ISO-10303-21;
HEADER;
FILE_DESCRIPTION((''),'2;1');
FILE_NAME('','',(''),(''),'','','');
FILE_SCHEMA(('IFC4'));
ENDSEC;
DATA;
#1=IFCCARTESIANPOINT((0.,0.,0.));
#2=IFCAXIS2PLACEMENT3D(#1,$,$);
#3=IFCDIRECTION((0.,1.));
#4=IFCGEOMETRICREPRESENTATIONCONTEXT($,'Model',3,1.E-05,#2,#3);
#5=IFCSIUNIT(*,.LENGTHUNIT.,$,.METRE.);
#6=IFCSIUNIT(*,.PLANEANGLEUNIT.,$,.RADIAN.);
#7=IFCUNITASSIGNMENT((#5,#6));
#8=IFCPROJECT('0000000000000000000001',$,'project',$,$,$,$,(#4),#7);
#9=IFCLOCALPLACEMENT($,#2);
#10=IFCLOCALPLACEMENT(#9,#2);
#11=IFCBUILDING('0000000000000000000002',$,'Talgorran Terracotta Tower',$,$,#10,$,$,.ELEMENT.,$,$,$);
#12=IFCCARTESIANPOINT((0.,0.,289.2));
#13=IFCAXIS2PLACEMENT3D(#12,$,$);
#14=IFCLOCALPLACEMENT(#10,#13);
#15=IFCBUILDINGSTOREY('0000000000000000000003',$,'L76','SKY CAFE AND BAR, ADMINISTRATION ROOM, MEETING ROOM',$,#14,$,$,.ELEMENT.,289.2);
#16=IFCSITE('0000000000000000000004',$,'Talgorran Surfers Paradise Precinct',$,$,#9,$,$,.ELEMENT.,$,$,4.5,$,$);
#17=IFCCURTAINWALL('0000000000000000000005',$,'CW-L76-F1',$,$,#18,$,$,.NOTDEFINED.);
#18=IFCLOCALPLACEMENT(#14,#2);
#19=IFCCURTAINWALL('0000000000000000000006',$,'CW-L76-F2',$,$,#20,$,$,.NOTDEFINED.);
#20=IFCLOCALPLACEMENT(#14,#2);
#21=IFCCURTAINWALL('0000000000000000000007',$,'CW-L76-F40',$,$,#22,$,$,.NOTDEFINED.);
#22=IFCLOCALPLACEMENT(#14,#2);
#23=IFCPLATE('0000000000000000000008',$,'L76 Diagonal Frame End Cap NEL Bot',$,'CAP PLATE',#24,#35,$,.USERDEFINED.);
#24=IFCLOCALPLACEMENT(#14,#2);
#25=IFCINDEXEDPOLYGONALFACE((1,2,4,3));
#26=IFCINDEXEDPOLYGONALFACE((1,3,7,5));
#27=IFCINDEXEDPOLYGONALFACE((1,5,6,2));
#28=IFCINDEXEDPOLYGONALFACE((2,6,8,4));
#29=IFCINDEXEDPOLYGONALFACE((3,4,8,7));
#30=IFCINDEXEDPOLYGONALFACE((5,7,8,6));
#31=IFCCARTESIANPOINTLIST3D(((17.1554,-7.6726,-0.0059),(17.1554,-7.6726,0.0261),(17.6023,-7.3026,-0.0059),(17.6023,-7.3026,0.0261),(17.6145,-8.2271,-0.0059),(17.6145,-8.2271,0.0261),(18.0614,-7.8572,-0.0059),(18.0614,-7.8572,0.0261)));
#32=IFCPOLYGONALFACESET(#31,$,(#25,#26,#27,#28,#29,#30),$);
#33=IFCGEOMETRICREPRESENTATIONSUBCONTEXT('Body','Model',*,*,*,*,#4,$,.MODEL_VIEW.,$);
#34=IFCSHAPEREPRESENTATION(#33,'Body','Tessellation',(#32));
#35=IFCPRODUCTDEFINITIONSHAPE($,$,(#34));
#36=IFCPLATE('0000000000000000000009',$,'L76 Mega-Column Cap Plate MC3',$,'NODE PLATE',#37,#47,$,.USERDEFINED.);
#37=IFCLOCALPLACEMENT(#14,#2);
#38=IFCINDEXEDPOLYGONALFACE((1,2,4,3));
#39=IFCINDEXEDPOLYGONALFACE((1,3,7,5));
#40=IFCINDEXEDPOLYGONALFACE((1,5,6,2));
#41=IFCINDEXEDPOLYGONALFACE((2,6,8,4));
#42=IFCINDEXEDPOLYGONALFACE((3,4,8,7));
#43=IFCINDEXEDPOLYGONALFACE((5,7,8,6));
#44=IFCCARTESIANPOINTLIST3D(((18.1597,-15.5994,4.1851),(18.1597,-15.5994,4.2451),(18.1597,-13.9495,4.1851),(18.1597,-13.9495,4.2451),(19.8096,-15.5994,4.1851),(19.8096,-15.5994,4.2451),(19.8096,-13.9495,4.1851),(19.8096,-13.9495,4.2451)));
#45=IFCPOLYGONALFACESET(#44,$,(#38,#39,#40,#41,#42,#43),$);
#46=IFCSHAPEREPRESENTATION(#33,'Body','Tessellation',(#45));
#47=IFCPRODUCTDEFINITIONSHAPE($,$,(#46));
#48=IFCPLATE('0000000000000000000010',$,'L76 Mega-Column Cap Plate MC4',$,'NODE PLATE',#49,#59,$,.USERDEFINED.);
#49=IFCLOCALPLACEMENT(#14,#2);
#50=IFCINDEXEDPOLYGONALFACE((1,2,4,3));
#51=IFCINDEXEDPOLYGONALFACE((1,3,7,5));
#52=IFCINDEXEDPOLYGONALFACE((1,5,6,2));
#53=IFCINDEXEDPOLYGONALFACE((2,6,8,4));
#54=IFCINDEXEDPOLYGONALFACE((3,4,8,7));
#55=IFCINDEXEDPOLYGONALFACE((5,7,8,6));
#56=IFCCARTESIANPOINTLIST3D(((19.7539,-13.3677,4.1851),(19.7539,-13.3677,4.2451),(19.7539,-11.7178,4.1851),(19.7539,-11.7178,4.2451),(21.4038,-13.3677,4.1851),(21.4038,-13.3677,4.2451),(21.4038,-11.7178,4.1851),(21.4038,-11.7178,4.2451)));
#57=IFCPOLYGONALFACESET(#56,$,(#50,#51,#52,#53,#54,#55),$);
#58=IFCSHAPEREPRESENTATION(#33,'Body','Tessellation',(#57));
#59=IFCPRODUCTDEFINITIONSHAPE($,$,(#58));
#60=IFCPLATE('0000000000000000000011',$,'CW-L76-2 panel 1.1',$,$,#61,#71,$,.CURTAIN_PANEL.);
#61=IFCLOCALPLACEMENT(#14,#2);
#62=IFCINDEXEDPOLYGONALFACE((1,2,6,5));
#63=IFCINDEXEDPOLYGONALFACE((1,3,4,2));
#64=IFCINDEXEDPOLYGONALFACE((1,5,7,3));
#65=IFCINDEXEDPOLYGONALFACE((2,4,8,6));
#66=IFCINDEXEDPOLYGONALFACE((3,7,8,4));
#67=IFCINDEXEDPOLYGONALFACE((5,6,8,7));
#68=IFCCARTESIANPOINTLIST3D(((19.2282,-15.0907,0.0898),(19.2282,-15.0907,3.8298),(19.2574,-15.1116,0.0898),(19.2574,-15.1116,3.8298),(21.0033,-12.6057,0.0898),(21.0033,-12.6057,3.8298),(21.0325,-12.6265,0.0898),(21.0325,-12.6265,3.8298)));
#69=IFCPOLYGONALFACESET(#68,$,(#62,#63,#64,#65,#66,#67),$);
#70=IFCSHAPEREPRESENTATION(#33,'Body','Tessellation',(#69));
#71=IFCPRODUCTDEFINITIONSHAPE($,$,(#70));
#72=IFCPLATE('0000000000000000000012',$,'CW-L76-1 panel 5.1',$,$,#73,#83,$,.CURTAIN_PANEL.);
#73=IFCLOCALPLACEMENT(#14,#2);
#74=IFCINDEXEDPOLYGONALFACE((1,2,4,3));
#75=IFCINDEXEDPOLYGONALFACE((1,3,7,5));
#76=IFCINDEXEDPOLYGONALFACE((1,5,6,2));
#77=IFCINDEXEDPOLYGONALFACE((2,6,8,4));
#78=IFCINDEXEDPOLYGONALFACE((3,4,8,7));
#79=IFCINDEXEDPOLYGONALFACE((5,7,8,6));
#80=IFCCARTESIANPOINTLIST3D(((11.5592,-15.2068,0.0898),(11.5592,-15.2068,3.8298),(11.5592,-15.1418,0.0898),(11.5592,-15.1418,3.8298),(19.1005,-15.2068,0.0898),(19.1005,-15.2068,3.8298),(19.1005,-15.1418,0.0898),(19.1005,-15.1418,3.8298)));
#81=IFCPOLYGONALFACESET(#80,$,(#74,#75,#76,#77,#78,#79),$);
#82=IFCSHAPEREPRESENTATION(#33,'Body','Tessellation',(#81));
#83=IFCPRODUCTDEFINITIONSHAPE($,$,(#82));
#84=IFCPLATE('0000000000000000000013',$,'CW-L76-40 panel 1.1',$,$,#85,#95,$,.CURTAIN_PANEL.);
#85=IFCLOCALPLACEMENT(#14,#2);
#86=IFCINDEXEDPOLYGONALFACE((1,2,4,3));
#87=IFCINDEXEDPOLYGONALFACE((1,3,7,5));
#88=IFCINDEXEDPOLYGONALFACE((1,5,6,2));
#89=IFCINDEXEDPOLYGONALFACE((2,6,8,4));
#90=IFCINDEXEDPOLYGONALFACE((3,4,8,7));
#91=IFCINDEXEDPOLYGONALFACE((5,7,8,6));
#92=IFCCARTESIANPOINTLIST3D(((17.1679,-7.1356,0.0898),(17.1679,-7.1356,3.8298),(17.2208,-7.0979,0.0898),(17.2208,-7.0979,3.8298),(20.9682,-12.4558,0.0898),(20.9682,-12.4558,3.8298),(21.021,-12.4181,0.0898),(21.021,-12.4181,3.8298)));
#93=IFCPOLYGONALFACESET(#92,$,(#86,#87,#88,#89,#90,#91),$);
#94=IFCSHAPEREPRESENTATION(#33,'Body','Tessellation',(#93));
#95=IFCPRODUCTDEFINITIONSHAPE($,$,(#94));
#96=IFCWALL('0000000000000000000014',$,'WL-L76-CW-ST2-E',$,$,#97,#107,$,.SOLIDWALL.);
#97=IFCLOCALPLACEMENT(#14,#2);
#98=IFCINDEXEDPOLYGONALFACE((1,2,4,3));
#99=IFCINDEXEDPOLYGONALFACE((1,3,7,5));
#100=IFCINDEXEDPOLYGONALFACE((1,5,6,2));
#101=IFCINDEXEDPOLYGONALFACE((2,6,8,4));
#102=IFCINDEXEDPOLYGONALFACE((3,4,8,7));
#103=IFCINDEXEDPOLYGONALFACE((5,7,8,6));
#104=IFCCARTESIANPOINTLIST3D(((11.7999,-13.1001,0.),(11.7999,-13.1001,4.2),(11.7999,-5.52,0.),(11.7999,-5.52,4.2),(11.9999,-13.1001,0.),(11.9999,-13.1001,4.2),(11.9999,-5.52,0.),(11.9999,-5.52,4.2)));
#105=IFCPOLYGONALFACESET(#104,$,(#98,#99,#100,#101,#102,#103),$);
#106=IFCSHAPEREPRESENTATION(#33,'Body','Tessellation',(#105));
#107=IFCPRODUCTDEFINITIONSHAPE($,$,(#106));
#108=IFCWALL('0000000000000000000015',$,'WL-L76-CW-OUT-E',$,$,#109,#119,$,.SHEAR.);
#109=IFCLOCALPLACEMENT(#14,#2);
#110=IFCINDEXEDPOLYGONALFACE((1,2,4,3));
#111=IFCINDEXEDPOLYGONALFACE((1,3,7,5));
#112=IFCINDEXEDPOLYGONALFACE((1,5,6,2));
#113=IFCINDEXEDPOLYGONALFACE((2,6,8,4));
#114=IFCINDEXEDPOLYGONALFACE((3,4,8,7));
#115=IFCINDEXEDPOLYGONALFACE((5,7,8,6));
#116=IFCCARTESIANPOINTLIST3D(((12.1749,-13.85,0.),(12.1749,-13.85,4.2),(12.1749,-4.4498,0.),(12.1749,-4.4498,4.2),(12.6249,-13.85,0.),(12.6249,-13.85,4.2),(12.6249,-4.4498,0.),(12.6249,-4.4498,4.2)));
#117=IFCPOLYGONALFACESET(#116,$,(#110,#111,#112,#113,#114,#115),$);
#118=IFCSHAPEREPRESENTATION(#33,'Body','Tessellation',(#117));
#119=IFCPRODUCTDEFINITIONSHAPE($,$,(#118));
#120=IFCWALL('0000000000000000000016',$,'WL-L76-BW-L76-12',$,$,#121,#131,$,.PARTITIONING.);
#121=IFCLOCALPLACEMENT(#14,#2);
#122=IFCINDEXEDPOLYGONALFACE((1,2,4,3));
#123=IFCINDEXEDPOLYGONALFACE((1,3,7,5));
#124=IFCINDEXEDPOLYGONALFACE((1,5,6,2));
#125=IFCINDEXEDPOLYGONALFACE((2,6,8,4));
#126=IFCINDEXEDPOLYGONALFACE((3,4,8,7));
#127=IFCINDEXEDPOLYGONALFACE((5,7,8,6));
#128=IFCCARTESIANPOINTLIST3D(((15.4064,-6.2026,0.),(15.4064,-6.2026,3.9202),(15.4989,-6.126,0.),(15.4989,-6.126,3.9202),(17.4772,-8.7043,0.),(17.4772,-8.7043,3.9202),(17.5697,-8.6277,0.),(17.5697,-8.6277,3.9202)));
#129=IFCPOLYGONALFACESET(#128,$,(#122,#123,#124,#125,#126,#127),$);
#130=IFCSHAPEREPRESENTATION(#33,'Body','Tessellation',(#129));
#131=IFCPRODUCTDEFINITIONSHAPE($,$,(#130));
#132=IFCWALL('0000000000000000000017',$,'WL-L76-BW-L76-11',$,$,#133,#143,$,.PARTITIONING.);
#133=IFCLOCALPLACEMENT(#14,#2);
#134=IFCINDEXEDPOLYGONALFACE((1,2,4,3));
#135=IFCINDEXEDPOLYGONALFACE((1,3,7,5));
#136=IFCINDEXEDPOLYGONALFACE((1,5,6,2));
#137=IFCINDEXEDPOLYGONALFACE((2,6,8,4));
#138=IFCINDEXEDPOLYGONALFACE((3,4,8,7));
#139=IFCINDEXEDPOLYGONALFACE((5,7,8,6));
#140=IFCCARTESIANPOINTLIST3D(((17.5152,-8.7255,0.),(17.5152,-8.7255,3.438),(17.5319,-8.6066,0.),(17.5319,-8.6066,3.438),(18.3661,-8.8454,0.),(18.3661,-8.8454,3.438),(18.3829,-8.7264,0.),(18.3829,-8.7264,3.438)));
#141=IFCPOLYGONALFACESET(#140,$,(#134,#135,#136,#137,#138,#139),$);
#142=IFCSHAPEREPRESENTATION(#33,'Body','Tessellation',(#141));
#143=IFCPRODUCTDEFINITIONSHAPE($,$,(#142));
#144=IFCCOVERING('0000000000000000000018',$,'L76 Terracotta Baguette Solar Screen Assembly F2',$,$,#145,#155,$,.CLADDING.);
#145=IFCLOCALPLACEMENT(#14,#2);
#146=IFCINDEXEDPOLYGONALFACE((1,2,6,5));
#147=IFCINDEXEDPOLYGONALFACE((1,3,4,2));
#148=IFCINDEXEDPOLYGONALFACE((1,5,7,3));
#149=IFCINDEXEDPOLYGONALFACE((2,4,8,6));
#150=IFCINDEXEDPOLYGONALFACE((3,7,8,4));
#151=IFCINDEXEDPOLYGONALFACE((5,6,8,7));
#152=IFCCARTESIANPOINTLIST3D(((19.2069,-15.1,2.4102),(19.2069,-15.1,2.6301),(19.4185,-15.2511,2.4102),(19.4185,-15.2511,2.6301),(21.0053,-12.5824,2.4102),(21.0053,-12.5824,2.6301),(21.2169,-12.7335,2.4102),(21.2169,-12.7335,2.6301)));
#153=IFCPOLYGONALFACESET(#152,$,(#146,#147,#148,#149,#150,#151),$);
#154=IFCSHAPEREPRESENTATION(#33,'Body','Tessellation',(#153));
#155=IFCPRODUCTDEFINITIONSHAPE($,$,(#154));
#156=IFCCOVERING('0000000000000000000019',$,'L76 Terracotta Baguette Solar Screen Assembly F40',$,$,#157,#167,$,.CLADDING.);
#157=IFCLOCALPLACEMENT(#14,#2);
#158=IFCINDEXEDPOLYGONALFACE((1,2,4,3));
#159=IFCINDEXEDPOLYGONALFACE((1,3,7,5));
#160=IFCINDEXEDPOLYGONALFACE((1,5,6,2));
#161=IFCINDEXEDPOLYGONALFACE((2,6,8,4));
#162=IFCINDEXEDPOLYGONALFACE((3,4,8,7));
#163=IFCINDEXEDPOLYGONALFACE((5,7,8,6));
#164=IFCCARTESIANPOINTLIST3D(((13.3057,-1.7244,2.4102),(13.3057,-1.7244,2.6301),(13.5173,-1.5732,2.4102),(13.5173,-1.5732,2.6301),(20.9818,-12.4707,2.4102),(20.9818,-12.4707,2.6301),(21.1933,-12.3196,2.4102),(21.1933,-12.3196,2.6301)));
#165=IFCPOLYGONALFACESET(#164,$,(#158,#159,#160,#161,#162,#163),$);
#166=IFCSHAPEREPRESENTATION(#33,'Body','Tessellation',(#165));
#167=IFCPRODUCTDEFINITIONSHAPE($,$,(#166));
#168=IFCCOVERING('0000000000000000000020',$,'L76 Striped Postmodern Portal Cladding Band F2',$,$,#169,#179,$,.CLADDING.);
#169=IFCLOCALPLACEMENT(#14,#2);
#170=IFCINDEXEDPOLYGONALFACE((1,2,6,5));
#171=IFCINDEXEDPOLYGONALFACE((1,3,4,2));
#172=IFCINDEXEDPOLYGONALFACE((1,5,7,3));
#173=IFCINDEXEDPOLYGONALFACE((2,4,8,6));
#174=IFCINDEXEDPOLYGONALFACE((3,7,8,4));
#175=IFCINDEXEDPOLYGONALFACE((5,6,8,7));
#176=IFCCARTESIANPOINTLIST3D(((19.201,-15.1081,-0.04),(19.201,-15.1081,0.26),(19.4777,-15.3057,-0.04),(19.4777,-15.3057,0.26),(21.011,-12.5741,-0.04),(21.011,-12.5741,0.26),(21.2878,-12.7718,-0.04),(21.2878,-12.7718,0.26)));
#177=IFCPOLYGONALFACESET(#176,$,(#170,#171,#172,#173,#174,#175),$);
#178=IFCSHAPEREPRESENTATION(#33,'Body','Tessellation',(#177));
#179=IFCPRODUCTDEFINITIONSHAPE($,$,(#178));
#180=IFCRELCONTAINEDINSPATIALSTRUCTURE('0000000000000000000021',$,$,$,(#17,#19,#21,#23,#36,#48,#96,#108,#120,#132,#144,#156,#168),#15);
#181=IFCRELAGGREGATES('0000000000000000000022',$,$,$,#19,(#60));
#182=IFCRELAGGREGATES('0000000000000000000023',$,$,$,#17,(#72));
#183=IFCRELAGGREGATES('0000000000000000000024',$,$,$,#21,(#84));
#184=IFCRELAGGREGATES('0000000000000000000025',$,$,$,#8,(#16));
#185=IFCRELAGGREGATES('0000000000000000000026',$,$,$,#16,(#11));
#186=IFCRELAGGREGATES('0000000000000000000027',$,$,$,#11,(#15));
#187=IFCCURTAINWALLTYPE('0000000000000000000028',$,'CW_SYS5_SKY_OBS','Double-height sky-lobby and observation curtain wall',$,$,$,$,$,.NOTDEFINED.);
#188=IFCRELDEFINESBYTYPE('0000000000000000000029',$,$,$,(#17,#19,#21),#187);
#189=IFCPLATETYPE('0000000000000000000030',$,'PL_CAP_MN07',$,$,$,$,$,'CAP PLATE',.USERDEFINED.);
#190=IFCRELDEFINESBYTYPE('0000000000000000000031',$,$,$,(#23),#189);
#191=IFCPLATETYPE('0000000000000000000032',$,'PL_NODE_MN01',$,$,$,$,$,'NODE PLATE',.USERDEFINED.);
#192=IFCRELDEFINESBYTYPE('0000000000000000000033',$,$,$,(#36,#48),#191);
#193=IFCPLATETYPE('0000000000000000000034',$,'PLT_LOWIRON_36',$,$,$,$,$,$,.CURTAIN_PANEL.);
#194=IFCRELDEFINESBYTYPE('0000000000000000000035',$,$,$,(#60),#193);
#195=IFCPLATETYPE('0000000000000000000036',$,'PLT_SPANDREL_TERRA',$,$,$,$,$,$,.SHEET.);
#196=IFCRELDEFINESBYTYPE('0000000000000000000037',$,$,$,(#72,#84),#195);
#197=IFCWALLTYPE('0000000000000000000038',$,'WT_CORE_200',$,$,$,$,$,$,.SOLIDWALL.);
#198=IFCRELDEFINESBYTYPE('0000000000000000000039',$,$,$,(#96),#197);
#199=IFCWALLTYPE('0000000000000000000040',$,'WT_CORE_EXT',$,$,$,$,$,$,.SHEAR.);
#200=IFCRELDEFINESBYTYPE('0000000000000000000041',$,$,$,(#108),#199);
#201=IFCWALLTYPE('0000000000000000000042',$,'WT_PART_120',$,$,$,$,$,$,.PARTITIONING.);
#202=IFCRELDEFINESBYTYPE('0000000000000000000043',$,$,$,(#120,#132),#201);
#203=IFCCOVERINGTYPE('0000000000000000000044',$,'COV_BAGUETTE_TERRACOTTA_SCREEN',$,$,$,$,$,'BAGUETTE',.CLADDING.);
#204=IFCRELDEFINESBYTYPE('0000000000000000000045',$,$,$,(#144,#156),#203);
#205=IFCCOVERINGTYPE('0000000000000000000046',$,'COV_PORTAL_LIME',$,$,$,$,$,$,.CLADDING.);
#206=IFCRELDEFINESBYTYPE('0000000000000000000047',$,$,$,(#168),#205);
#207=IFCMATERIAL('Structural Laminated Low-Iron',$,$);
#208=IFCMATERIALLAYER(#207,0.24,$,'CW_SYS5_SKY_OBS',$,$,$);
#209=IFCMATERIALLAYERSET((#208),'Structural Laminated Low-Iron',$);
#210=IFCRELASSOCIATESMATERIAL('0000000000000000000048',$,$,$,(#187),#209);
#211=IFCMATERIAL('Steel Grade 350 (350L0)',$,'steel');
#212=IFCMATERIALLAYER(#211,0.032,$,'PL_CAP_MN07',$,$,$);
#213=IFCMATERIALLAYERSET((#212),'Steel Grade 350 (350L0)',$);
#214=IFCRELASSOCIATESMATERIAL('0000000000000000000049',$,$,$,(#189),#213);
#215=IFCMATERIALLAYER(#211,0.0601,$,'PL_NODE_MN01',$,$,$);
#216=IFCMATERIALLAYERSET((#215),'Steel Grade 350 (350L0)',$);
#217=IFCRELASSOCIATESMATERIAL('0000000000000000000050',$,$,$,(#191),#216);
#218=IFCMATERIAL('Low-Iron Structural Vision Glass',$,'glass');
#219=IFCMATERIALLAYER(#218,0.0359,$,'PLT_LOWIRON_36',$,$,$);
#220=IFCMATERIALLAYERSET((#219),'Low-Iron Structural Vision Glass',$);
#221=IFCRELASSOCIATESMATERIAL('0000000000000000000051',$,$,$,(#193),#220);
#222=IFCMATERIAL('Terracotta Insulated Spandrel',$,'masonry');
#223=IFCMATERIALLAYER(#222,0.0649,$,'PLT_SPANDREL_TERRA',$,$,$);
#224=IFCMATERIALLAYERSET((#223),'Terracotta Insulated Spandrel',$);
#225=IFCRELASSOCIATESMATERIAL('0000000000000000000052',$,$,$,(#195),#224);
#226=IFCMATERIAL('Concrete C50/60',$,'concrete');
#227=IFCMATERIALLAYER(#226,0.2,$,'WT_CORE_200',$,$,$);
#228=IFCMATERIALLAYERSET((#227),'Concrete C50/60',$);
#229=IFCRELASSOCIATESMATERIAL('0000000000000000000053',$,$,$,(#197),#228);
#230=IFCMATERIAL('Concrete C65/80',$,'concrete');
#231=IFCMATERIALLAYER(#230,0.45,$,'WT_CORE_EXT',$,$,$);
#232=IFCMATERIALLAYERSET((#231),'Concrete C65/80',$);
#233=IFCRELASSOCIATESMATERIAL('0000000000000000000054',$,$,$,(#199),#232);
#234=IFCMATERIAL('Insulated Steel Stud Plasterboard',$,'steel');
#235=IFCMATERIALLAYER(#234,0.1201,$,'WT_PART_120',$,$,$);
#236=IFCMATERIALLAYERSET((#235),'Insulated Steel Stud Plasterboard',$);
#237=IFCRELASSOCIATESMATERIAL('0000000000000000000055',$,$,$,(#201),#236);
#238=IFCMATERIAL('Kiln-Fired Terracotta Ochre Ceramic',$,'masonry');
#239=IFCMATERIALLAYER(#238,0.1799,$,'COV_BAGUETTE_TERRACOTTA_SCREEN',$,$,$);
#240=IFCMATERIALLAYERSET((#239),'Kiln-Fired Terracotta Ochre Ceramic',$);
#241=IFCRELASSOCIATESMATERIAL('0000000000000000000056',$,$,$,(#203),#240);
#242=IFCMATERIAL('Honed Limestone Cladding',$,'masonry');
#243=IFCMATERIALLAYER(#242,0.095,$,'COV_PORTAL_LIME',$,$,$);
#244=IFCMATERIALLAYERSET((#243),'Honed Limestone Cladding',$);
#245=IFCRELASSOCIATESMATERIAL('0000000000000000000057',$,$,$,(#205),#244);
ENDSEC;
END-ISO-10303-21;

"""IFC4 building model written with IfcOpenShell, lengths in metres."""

from ifc_helpers import new_model, si_unit, direction, frame, frame_2d, origin, origin_2d, place, context, subcontext, project, spatial, rectangle, extrude, source, transform, mapped, material, layer, layer_set, type_object, type_shapes, element, aggregate, save


model = new_model("IFC4")

# Units and contexts
model_context = context("Model", 3, precision=1e-05, world=origin(), true_north=direction((0.0, 1.0)))
body_context = subcontext(model_context, "Body", "Model", "MODEL_VIEW")
ifc_project = project(units=[si_unit("LENGTHUNIT", "METRE"), si_unit("PLANEANGLEUNIT", "RADIAN")], contexts=[model_context])

# Site, building, storey
site_placement = place(None, origin())
site = spatial("IfcSite", under=ifc_project, at=site_placement, Name="Talgorran Surfers Paradise Precinct", CompositionType="ELEMENT", RefElevation=4.5)
building_placement = place(site_placement, origin())
building = spatial("IfcBuilding", under=site, at=building_placement, Name="Talgorran Terracotta Tower", CompositionType="ELEMENT")
storey_placement = place(building_placement, frame((0.0, 0.0, 289.2)))
storey = spatial("IfcBuildingStorey", under=building, at=storey_placement, Name="L76", Description="SKY CAFE AND BAR, ADMINISTRATION ROOM, MEETING ROOM", CompositionType="ELEMENT", Elevation=289.2)

# Shared definitions
ifc_material_1 = material(Name="Steel Grade 350 (350L0)", Category="steel")

# Curtain walls
ifc_material_2 = material(Name="Structural Laminated Low-Iron")
ifc_layer_1 = layer(ifc_material_2, 0.24, Name="CW_SYS5_SKY_OBS")
ifc_layer_set_1 = layer_set([ifc_layer_1], Name="Structural Laminated Low-Iron")
curtain_wall_type = type_object("IfcCurtainWallType", Name="CW_SYS5_SKY_OBS", Description="Double-height sky-lobby and observation curtain wall", PredefinedType="NOTDEFINED", material=ifc_layer_set_1)
curtain_wall_1_placement = place(storey_placement, origin())
curtain_wall_1 = element("IfcCurtainWall", 1, at=curtain_wall_1_placement, inside=storey, type_object=curtain_wall_type, Name="CW-L76-F1", PredefinedType="NOTDEFINED")
curtain_wall_2_placement = place(storey_placement, origin())
curtain_wall_2 = element("IfcCurtainWall", 2, at=curtain_wall_2_placement, inside=storey, type_object=curtain_wall_type, Name="CW-L76-F2", PredefinedType="NOTDEFINED")
curtain_wall_3_placement = place(storey_placement, origin())
curtain_wall_3 = element("IfcCurtainWall", 3, at=curtain_wall_3_placement, inside=storey, type_object=curtain_wall_type, Name="CW-L76-F40", PredefinedType="NOTDEFINED")

# Plates
ifc_layer_2 = layer(ifc_material_1, 0.032, Name="PL_CAP_MN07")
ifc_layer_set_2 = layer_set([ifc_layer_2], Name="Steel Grade 350 (350L0)")
plate_type_1 = type_object("IfcPlateType", Name="PL_CAP_MN07", ElementType="CAP PLATE", PredefinedType="USERDEFINED", material=ifc_layer_set_2)
plate_1_placement = place(storey_placement, frame((17.6084, -7.7649, -0.0059), z_axis=(0.0, 0.0, 1.0), x_axis=(-0.637693, 0.770291, 0.0)))
element("IfcPlate", 4, at=plate_1_placement, inside=storey, type_object=plate_type_1, Name="L76 Diagonal Frame End Cap NEL Bot", ObjectType="CAP PLATE", PredefinedType="USERDEFINED", context=body_context, shape_type="SweptSolid", body=[
    extrude(rectangle(XDim=0.72, YDim=0.5801, at=origin_2d()), origin(), (0.0, 0.0, 1.0), 0.032),
])
ifc_layer_3 = layer(ifc_material_1, 0.0601, Name="PL_NODE_MN01")
ifc_layer_set_3 = layer_set([ifc_layer_3], Name="Steel Grade 350 (350L0)")
plate_type_2 = type_object("IfcPlateType", Name="PL_NODE_MN01", ElementType="NODE PLATE", PredefinedType="USERDEFINED", material=ifc_layer_set_3)
for number, where, z_axis, x_axis, name in (
    (5, (18.9846, -14.7744, 4.1851), (0.0, 0.0, 1.0), (1.0, 0.0, 0.0), "L76 Mega-Column Cap Plate MC3"),
    (6, (20.5789, -12.5427, 4.1851), (0.0, 0.0, 1.0), (1.0, 0.0, 0.0), "L76 Mega-Column Cap Plate MC4"),
):
    element("IfcPlate", number, at=place(storey_placement, frame(where, z_axis=z_axis, x_axis=x_axis)), inside=storey, type_object=plate_type_2, Name=name, ObjectType="NODE PLATE", PredefinedType="USERDEFINED", context=body_context, shape_type="SweptSolid", body=[
        extrude(rectangle(XDim=1.6499, YDim=1.6499, at=origin_2d()), origin(), (0.0, 0.0, 1.0), 0.0601),
    ])

# Plates
ifc_material_3 = material(Name="Low-Iron Structural Vision Glass", Category="glass")
ifc_layer_4 = layer(ifc_material_3, 0.0359, Name="PLT_LOWIRON_36")
ifc_layer_set_4 = layer_set([ifc_layer_4], Name="Low-Iron Structural Vision Glass")
plate_type_3 = type_object("IfcPlateType", Name="PLT_LOWIRON_36", PredefinedType="CURTAIN_PANEL", material=ifc_layer_set_4)
shared_shape_1 = source(origin(), body_context, "Body", "SweptSolid", [
    extrude(rectangle(XDim=3.054, YDim=0.0359, at=origin_2d()), origin(), (0.0, 0.0, 1.0), 3.74),
])
type_shapes(plate_type_3, [shared_shape_1])
plate_2_placement = place(storey_placement, frame((20.1304, -13.8586, 0.0898), z_axis=(0.0, 0.0, 1.0), x_axis=(0.581256, 0.813721, 0.0)))
plate_2 = element("IfcPlate", 7, at=plate_2_placement, type_object=plate_type_3, Name="CW-L76-2 panel 1.1", PredefinedType="CURTAIN_PANEL", context=body_context, shape_type="MappedRepresentation", body=[
    mapped(shared_shape_1, transform((0.0, 0.0, 0.0), scale=1.0)),
])
aggregate(curtain_wall_2, [plate_2])
ifc_material_4 = material(Name="Terracotta Insulated Spandrel", Category="masonry")
ifc_layer_5 = layer(ifc_material_4, 0.0649, Name="PLT_SPANDREL_TERRA")
ifc_layer_set_5 = layer_set([ifc_layer_5], Name="Terracotta Insulated Spandrel")
plate_type_4 = type_object("IfcPlateType", Name="PLT_SPANDREL_TERRA", PredefinedType="SHEET", material=ifc_layer_set_5)
shared_shape_2 = source(origin(), body_context, "Body", "SweptSolid", [
    extrude(rectangle(XDim=7.5413, YDim=0.0649, at=origin_2d()), origin(), (0.0, 0.0, 1.0), 3.74),
])
plate_3_placement = place(storey_placement, frame((15.3298, -15.1743, 0.0898), z_axis=(0.0, 0.0, 1.0), x_axis=(1.0, 0.0, 0.0)))
plate_3 = element("IfcPlate", 8, at=plate_3_placement, type_object=plate_type_4, Name="CW-L76-1 panel 5.1", PredefinedType="CURTAIN_PANEL", context=body_context, shape_type="MappedRepresentation", body=[
    mapped(shared_shape_2, transform((0.0, 0.0, 0.0), scale=1.0)),
])
aggregate(curtain_wall_1, [plate_3])
shared_shape_3 = source(origin(), body_context, "Body", "SweptSolid", [
    extrude(rectangle(XDim=6.5381, YDim=0.0649, at=origin_2d()), origin(), (0.0, 0.0, 1.0), 3.74),
])
type_shapes(plate_type_4, [shared_shape_2, shared_shape_3])
plate_4_placement = place(storey_placement, frame((19.0945, -9.7769, 0.0898), z_axis=(0.0, 0.0, 1.0), x_axis=(-0.581245, 0.813728, 0.0)))
plate_4 = element("IfcPlate", 9, at=plate_4_placement, type_object=plate_type_4, Name="CW-L76-40 panel 1.1", PredefinedType="CURTAIN_PANEL", context=body_context, shape_type="MappedRepresentation", body=[
    mapped(shared_shape_3, transform((0.0, 0.0, 0.0), scale=1.0)),
])
aggregate(curtain_wall_3, [plate_4])

# Walls
ifc_material_5 = material(Name="Concrete C50/60", Category="concrete")
ifc_layer_6 = layer(ifc_material_5, 0.2, Name="WT_CORE_200")
ifc_layer_set_6 = layer_set([ifc_layer_6], Name="Concrete C50/60")
wall_type_1 = type_object("IfcWallType", Name="WT_CORE_200", PredefinedType="SOLIDWALL", material=ifc_layer_set_6)
wall_1_placement = place(storey_placement, frame((11.8999, -13.1001, 0.0), z_axis=(0.0, 0.0, 1.0), x_axis=(0.0, 1.0, 0.0)))
element("IfcWall", 10, at=wall_1_placement, inside=storey, type_object=wall_type_1, Name="WL-L76-CW-ST2-E", PredefinedType="SOLIDWALL", context=body_context, shape_type="SweptSolid", body=[
    extrude(rectangle(XDim=7.5801, YDim=0.2, at=frame_2d((3.79, 0.0))), origin(), (0.0, 0.0, 1.0), 4.2),
])
ifc_material_6 = material(Name="Concrete C65/80", Category="concrete")
ifc_layer_7 = layer(ifc_material_6, 0.45, Name="WT_CORE_EXT")
ifc_layer_set_7 = layer_set([ifc_layer_7], Name="Concrete C65/80")
wall_type_2 = type_object("IfcWallType", Name="WT_CORE_EXT", PredefinedType="SHEAR", material=ifc_layer_set_7)
wall_2_placement = place(storey_placement, frame((12.3999, -13.8501, 0.0), z_axis=(0.0, 0.0, 1.0), x_axis=(0.0, 1.0, 0.0)))
element("IfcWall", 11, at=wall_2_placement, inside=storey, type_object=wall_type_2, Name="WL-L76-CW-OUT-E", PredefinedType="SHEAR", context=body_context, shape_type="SweptSolid", body=[
    extrude(rectangle(XDim=9.4001, YDim=0.45, at=frame_2d((4.7002, 0.0))), origin(), (0.0, 0.0, 1.0), 4.2),
])
ifc_material_7 = material(Name="Insulated Steel Stud Plasterboard", Category="steel")
ifc_layer_8 = layer(ifc_material_7, 0.1201, Name="WT_PART_120")
ifc_layer_set_8 = layer_set([ifc_layer_8], Name="Insulated Steel Stud Plasterboard")
wall_type_3 = type_object("IfcWallType", Name="WT_PART_120", PredefinedType="PARTITIONING", material=ifc_layer_set_8)
wall_3_placement = place(storey_placement, frame((17.5234, -8.666, 0.0), z_axis=(0.0, 0.0, 1.0), x_axis=(-0.637645, 0.770331, 0.0)))
element("IfcWall", 12, at=wall_3_placement, inside=storey, type_object=wall_type_3, Name="WL-L76-BW-L76-12", PredefinedType="PARTITIONING", context=body_context, shape_type="SweptSolid", body=[
    extrude(rectangle(XDim=3.2476, YDim=0.1201, at=frame_2d((1.6238, 0.0))), origin(), (0.0, 0.0, 1.0), 3.9202),
])
wall_4_placement = place(storey_placement, frame((18.3745, -8.7859, 0.0), z_axis=(0.0, 0.0, 1.0), x_axis=(-0.990226, 0.139472, 0.0)))
element("IfcWall", 13, at=wall_4_placement, inside=storey, type_object=wall_type_3, Name="WL-L76-BW-L76-11", PredefinedType="PARTITIONING", context=body_context, shape_type="SweptSolid", body=[
    extrude(rectangle(XDim=0.8594, YDim=0.1201, at=frame_2d((0.4297, 0.0))), origin(), (0.0, 0.0, 1.0), 3.438),
])

# Coverings
ifc_material_8 = material(Name="Kiln-Fired Terracotta Ochre Ceramic", Category="masonry")
ifc_layer_9 = layer(ifc_material_8, 0.1799, Name="COV_BAGUETTE_TERRACOTTA_SCREEN")
ifc_layer_set_9 = layer_set([ifc_layer_9], Name="Kiln-Fired Terracotta Ochre Ceramic")
covering_type_1 = type_object("IfcCoveringType", Name="COV_BAGUETTE_TERRACOTTA_SCREEN", ElementType="BAGUETTE", PredefinedType="CLADDING", material=ifc_layer_set_9)
covering_1_placement = place(storey_placement, frame((20.2119, -13.9167, 2.4102), z_axis=(0.0, 0.0, 1.0), x_axis=(0.581257, 0.81372, 0.0)))
element("IfcCovering", 14, at=covering_1_placement, inside=storey, type_object=covering_type_1, Name="L76 Terracotta Baguette Solar Screen Assembly F2", PredefinedType="CLADDING", context=body_context, shape_type="SweptSolid", body=[
    extrude(rectangle(XDim=3.094, YDim=0.26, at=origin_2d()), origin(), (0.0, 0.0, 1.0), 0.22),
])
covering_2_placement = place(storey_placement, frame((17.2495, -7.022, 2.4102), z_axis=(0.0, 0.0, 1.0), x_axis=(-0.581243, 0.81373, 0.0)))
element("IfcCovering", 15, at=covering_2_placement, inside=storey, type_object=covering_type_1, Name="L76 Terracotta Baguette Solar Screen Assembly F40", PredefinedType="CLADDING", context=body_context, shape_type="SweptSolid", body=[
    extrude(rectangle(XDim=13.2063, YDim=0.26, at=origin_2d()), origin(), (0.0, 0.0, 1.0), 0.22),
])
ifc_material_9 = material(Name="Honed Limestone Cladding", Category="masonry")
ifc_layer_10 = layer(ifc_material_9, 0.095, Name="COV_PORTAL_LIME")
ifc_layer_set_10 = layer_set([ifc_layer_10], Name="Honed Limestone Cladding")
covering_type_2 = type_object("IfcCoveringType", Name="COV_PORTAL_LIME", PredefinedType="CLADDING", material=ifc_layer_set_10)
covering_3_placement = place(storey_placement, frame((20.2444, -13.9399, -0.04), z_axis=(0.0, 0.0, 1.0), x_axis=(0.581257, 0.81372, 0.0)))
element("IfcCovering", 16, at=covering_3_placement, inside=storey, type_object=covering_type_2, Name="L76 Striped Postmodern Portal Cladding Band F2", PredefinedType="CLADDING", context=body_context, shape_type="SweptSolid", body=[
    extrude(rectangle(XDim=3.114, YDim=0.3401, at=origin_2d()), origin(), (0.0, 0.0, 1.0), 0.3),
])

save(model, "model.ifc")
